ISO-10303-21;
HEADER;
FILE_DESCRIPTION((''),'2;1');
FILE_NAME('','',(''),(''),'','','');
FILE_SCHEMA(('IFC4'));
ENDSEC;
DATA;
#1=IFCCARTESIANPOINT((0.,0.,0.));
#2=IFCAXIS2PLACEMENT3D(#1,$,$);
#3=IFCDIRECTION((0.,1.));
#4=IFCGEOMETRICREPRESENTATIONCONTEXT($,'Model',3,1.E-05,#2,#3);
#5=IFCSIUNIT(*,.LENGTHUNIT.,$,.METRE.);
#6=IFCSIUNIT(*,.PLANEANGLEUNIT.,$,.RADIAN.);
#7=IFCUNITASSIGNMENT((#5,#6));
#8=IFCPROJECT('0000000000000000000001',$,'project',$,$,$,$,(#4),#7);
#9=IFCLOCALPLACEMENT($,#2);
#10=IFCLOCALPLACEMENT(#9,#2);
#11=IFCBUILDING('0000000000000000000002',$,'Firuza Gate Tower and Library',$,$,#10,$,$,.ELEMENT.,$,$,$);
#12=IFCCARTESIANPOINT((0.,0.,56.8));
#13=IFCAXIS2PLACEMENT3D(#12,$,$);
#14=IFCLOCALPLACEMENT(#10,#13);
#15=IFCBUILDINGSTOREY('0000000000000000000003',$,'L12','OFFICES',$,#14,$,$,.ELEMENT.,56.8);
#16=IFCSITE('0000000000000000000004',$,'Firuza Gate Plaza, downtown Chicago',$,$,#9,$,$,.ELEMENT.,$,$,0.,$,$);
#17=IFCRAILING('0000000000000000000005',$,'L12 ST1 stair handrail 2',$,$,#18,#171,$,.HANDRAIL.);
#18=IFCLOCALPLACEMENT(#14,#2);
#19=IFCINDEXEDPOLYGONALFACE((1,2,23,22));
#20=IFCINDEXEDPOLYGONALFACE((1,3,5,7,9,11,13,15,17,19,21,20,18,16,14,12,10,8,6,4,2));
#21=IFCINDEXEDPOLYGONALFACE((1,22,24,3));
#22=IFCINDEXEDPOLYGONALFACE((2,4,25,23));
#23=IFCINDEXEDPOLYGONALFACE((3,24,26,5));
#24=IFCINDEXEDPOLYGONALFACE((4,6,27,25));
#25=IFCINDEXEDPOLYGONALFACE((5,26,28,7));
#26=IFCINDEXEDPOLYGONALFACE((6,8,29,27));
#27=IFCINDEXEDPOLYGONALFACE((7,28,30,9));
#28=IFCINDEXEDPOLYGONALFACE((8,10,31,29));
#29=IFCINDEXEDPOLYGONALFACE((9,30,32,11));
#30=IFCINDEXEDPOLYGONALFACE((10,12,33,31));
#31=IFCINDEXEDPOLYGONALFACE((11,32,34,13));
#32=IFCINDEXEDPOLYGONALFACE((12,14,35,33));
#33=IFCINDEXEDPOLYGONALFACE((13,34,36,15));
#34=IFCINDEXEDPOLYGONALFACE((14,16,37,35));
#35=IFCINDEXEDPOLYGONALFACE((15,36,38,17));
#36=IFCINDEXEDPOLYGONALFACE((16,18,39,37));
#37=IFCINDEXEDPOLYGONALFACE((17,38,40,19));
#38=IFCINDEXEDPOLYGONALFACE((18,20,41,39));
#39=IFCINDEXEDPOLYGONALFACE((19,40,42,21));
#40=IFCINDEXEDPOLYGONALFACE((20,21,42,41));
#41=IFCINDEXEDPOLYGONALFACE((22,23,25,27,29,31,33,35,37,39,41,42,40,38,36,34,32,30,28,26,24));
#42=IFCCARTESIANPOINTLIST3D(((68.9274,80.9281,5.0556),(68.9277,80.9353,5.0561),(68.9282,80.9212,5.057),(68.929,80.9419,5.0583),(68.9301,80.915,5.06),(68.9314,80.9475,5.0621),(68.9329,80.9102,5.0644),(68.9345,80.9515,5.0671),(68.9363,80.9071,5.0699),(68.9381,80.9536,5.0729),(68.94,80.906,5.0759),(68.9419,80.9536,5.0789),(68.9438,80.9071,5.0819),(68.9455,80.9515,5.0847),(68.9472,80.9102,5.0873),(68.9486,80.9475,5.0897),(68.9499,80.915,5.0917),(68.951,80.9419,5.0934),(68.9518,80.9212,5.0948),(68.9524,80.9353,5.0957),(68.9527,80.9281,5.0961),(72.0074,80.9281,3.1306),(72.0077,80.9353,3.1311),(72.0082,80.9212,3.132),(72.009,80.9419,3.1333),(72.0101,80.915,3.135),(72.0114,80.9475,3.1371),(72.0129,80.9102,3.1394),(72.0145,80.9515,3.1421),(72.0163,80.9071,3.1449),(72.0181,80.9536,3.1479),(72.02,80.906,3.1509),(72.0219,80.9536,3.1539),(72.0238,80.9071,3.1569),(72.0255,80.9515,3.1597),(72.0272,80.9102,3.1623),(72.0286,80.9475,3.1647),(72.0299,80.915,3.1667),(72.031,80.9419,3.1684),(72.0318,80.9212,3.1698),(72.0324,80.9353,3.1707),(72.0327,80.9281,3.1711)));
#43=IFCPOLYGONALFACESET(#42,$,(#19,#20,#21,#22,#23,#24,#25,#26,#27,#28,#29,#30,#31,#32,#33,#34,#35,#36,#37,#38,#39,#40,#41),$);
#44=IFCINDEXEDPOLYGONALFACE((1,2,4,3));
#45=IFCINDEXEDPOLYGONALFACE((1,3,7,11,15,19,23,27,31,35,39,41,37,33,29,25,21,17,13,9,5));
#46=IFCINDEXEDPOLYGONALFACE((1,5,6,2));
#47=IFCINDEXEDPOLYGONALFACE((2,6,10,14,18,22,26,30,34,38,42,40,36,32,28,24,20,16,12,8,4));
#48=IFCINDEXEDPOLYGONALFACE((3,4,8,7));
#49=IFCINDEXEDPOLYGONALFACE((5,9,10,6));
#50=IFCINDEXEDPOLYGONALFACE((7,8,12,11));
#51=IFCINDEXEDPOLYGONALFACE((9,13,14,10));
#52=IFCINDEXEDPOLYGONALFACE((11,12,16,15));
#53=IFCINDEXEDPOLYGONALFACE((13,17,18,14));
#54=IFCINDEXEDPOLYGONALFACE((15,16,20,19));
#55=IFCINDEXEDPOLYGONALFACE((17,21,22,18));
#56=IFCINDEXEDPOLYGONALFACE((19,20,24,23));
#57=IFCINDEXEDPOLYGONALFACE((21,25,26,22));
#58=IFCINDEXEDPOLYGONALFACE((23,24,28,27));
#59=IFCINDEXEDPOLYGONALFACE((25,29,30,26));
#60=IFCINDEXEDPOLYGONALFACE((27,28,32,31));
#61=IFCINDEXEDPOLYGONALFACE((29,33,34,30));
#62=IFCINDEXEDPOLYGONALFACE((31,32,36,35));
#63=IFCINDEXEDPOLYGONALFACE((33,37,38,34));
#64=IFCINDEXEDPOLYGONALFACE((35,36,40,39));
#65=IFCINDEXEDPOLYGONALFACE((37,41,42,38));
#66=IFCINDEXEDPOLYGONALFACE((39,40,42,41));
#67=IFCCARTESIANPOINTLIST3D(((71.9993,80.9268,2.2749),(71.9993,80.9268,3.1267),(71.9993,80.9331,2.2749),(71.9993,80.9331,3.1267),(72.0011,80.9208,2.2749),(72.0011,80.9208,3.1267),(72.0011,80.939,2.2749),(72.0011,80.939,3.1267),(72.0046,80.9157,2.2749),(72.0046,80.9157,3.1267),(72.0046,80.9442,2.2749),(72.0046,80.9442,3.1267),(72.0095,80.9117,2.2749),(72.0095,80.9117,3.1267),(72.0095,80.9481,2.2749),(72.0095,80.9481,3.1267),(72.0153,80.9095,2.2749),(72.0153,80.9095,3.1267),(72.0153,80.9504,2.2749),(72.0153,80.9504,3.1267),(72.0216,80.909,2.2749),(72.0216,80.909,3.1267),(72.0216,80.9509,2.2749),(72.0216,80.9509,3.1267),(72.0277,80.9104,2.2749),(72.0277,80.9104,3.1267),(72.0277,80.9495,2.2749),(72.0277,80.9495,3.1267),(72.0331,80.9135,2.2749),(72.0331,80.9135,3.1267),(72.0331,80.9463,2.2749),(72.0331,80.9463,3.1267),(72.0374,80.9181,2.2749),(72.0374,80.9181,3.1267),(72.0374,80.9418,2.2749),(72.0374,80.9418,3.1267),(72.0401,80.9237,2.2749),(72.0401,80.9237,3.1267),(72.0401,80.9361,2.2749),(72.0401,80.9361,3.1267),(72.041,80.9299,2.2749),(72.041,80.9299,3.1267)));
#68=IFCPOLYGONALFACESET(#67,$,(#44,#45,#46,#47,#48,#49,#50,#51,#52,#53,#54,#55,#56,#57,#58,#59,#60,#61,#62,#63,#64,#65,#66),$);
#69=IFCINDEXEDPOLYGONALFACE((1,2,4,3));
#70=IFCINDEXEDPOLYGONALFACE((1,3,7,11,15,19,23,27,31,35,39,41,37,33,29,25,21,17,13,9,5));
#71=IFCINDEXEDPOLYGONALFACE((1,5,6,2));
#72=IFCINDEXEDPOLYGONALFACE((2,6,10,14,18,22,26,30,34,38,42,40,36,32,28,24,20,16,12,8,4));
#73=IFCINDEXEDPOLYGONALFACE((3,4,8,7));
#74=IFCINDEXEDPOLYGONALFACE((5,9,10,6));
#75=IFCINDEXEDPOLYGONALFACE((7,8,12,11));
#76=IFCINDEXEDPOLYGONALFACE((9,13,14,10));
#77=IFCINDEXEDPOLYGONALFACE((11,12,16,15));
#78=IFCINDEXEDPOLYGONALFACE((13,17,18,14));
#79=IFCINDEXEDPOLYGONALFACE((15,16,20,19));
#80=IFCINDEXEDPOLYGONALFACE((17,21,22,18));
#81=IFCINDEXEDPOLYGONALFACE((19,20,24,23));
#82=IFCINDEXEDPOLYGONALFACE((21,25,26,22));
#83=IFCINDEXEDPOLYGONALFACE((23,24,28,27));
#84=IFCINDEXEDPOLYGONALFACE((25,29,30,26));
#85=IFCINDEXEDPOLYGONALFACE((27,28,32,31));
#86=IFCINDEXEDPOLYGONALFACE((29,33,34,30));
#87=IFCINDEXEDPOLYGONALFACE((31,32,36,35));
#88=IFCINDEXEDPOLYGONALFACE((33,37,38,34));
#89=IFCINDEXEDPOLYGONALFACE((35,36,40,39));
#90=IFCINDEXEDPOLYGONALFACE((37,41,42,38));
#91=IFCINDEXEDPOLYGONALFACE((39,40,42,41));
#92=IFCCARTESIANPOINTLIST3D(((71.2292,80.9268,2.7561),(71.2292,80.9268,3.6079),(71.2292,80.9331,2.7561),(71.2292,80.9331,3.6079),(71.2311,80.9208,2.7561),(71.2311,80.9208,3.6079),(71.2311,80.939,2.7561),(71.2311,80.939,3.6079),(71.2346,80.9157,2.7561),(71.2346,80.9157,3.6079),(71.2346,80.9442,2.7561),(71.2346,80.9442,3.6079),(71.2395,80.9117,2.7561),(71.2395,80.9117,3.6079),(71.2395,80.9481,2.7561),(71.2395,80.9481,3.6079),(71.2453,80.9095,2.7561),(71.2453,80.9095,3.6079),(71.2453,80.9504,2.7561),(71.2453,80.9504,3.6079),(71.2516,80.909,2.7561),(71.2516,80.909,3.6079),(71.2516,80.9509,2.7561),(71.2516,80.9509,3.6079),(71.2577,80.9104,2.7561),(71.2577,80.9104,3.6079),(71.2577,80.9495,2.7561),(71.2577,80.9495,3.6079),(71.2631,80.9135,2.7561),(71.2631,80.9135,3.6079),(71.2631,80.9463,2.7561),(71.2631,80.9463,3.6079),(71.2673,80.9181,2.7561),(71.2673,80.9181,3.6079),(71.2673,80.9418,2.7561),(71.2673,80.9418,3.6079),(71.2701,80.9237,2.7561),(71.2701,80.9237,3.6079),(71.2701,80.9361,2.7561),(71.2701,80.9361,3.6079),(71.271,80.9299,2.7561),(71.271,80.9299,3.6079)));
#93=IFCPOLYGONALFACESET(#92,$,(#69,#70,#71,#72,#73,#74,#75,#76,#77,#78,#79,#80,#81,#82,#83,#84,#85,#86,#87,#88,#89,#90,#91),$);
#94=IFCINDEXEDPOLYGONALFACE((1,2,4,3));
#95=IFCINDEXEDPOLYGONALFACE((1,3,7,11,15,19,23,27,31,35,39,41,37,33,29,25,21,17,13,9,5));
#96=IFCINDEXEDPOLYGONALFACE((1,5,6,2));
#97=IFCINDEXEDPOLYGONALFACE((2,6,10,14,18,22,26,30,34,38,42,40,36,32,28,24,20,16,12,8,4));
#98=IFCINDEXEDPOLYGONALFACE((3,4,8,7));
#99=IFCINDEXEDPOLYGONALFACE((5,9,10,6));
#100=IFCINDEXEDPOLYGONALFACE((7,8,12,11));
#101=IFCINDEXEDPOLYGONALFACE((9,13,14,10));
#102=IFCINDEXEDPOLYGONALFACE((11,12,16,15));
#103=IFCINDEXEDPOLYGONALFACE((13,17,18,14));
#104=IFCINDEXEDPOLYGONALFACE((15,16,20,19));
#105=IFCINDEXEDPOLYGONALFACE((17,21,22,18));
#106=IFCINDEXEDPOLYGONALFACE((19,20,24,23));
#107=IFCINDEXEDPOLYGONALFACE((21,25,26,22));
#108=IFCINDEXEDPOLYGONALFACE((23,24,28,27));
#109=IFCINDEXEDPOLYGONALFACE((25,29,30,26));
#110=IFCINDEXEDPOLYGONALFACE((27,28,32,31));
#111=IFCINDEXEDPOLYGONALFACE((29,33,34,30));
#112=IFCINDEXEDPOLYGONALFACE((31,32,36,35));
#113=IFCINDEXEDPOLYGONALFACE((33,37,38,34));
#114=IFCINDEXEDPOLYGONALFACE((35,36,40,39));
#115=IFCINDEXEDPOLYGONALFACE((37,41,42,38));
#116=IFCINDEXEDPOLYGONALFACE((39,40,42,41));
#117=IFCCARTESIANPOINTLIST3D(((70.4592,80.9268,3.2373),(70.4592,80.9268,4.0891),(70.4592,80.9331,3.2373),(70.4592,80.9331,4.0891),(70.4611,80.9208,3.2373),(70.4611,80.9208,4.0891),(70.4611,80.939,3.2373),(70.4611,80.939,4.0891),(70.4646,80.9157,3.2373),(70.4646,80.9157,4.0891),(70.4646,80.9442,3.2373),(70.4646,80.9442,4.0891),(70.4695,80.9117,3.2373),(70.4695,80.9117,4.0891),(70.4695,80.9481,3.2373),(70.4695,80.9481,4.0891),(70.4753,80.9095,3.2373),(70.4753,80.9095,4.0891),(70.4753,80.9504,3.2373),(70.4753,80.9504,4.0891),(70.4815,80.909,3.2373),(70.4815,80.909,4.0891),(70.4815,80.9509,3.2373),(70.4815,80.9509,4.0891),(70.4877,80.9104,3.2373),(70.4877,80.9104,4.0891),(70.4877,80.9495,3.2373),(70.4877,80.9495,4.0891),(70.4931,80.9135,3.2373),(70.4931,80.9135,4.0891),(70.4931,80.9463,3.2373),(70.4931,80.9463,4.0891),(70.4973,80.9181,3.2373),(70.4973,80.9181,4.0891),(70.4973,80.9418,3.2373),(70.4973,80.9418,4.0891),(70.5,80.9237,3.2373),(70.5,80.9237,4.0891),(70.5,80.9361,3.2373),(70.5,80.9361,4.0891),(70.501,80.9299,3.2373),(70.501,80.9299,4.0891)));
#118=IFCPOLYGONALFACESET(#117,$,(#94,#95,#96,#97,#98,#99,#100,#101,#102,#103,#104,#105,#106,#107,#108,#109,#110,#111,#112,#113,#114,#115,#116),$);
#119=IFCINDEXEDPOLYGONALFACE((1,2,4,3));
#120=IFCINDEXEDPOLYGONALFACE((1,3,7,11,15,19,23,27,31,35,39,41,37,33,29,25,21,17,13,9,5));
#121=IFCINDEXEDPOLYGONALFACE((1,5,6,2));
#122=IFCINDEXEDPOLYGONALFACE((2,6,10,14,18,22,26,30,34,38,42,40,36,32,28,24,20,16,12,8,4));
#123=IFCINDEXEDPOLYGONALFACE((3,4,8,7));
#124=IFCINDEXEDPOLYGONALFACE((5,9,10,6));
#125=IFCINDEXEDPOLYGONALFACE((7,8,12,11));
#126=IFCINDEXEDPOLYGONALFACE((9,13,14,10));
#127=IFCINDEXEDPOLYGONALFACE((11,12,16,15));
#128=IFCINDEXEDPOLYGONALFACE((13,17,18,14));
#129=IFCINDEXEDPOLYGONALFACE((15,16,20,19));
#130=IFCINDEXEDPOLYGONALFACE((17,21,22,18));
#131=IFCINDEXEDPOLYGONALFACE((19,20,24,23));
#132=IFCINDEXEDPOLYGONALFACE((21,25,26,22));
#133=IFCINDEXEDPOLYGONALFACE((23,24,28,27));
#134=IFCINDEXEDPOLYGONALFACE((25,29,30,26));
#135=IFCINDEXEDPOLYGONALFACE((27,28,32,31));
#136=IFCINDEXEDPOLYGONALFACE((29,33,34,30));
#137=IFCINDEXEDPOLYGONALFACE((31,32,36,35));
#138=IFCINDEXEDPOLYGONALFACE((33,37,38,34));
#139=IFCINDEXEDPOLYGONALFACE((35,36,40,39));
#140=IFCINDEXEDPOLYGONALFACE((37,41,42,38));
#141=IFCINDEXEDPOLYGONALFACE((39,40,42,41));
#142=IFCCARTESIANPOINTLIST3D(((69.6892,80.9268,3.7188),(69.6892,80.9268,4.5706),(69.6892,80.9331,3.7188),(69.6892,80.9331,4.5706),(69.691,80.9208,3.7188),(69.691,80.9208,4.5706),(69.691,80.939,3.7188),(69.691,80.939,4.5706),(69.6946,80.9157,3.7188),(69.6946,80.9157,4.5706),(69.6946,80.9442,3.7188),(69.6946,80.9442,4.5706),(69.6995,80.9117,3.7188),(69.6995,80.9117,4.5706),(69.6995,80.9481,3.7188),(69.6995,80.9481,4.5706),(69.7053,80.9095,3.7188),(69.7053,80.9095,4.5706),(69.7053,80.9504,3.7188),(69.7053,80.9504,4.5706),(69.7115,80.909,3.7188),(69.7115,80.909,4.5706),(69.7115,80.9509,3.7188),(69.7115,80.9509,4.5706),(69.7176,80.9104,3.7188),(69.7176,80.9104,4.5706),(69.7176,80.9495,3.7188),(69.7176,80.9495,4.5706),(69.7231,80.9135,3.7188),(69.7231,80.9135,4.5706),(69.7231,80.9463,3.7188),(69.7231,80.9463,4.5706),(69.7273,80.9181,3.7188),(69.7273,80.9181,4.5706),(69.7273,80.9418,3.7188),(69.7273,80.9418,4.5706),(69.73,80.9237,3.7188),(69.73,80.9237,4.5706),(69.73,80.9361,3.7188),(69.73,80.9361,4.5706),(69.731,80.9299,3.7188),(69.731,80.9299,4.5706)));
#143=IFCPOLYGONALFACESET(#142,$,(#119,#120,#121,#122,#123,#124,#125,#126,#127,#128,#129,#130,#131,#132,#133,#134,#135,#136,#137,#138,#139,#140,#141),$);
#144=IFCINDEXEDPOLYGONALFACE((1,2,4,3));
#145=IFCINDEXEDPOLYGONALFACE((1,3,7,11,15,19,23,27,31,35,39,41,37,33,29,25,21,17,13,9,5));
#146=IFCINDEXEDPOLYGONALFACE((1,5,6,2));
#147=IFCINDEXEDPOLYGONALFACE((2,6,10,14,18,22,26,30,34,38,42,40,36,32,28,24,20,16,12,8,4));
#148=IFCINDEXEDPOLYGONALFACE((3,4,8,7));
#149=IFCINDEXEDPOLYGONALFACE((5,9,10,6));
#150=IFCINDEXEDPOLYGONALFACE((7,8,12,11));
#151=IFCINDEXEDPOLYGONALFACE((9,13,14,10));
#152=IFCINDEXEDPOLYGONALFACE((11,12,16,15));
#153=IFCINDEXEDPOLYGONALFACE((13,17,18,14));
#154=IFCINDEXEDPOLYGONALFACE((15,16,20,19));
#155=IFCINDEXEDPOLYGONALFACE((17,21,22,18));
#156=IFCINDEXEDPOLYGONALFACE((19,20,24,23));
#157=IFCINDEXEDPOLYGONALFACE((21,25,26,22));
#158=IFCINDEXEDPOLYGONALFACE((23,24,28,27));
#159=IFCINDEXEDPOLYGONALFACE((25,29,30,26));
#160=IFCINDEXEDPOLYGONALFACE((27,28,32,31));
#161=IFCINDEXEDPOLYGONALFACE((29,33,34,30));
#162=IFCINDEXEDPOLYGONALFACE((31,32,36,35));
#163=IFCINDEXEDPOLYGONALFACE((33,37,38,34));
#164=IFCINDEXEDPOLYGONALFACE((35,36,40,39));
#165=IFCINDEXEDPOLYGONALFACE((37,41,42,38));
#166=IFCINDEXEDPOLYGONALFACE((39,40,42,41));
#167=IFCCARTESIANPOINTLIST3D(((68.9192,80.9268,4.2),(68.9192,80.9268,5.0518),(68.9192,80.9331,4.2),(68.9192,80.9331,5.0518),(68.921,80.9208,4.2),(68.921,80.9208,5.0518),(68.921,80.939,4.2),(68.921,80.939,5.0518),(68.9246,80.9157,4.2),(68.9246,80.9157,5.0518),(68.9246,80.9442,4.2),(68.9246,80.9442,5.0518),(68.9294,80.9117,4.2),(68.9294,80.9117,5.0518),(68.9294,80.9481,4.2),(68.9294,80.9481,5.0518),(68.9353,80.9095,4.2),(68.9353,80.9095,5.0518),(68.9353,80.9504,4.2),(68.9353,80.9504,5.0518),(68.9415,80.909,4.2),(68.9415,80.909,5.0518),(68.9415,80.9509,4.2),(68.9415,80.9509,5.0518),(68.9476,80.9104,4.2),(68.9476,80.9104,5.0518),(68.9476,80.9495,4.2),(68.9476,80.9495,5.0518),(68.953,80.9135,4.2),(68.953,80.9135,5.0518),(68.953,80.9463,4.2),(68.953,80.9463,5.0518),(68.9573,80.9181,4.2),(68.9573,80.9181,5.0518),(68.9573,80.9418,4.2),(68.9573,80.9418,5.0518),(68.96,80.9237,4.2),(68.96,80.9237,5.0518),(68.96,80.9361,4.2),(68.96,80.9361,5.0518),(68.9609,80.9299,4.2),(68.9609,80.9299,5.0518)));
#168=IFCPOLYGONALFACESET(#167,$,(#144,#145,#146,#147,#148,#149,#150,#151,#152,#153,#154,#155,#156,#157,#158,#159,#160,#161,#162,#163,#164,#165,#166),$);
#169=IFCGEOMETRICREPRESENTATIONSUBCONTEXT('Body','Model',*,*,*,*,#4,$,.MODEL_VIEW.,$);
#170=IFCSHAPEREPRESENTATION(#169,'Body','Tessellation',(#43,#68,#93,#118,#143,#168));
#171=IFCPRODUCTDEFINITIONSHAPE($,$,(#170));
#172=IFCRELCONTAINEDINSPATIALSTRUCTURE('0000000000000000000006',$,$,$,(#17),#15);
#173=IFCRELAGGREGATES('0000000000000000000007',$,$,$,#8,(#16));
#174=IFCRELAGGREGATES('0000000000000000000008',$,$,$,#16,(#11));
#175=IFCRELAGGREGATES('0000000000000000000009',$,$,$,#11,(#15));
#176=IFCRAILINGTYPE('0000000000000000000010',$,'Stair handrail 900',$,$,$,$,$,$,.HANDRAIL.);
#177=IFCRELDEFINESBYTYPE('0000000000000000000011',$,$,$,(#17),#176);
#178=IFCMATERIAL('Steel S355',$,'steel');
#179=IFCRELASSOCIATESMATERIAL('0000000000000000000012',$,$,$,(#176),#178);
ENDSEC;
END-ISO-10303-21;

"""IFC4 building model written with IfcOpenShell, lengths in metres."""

from ifc_helpers import new_model, si_unit, direction, frame, origin, origin_2d, place, context, subcontext, project, spatial, circle, extrude, material, type_object, element, save


model = new_model("IFC4")

# Units and contexts
model_context = context("Model", 3, precision=1e-05, world=origin(), true_north=direction((0.0, 1.0)))
body_context = subcontext(model_context, "Body", "Model", "MODEL_VIEW")
ifc_project = project(units=[si_unit("LENGTHUNIT", "METRE"), si_unit("PLANEANGLEUNIT", "RADIAN")], contexts=[model_context])

# Site, building, storey
site_placement = place(None, origin())
site = spatial("IfcSite", under=ifc_project, at=site_placement, Name="Firuza Gate Plaza, downtown Chicago", CompositionType="ELEMENT", RefElevation=0.0)
building_placement = place(site_placement, origin())
building = spatial("IfcBuilding", under=site, at=building_placement, Name="Firuza Gate Tower and Library", CompositionType="ELEMENT")
storey_placement = place(building_placement, frame((0.0, 0.0, 56.8)))
storey = spatial("IfcBuildingStorey", under=building, at=storey_placement, Name="L12", Description="OFFICES", CompositionType="ELEMENT", Elevation=56.8)

# Railing
ifc_material_1 = material(Name="Steel S355", Category="steel")
railing_type_1 = type_object("IfcRailingType", Name="Stair handrail 900", PredefinedType="HANDRAIL", material=ifc_material_1)
railing_1_placement = place(storey_placement, frame((72.02, 80.9299, 2.2749)))
element("IfcRailing", 1, at=railing_1_placement, inside=storey, type_object=railing_type_1, Name="L12 ST1 stair handrail 2", PredefinedType="HANDRAIL", context=body_context, shape_type="SweptSolid", body=[
    extrude(circle(Radius=0.0239, at=origin_2d()), frame((0.0, 0.0, 0.876), z_axis=(-0.847998, 0.0, 0.529999), x_axis=(0.0, -1.0, 0.0)), (0.0, 0.0, 1.0), 3.6321),
    extrude(circle(Radius=0.021, at=origin_2d()), origin(), (0.0, 0.0, 1.0), 0.8518),
    extrude(circle(Radius=0.021, at=origin_2d()), frame((-0.77, 0.0, 0.4812)), (0.0, 0.0, 1.0), 0.8518),
    extrude(circle(Radius=0.021, at=origin_2d()), frame((-1.54, 0.0, 0.9624)), (0.0, 0.0, 1.0), 0.8518),
    extrude(circle(Radius=0.021, at=origin_2d()), frame((-2.3101, 0.0, 1.4438)), (0.0, 0.0, 1.0), 0.8518),
    extrude(circle(Radius=0.021, at=origin_2d()), frame((-3.0801, 0.0, 1.925)), (0.0, 0.0, 1.0), 0.8518),
])

save(model, "model.ifc")
